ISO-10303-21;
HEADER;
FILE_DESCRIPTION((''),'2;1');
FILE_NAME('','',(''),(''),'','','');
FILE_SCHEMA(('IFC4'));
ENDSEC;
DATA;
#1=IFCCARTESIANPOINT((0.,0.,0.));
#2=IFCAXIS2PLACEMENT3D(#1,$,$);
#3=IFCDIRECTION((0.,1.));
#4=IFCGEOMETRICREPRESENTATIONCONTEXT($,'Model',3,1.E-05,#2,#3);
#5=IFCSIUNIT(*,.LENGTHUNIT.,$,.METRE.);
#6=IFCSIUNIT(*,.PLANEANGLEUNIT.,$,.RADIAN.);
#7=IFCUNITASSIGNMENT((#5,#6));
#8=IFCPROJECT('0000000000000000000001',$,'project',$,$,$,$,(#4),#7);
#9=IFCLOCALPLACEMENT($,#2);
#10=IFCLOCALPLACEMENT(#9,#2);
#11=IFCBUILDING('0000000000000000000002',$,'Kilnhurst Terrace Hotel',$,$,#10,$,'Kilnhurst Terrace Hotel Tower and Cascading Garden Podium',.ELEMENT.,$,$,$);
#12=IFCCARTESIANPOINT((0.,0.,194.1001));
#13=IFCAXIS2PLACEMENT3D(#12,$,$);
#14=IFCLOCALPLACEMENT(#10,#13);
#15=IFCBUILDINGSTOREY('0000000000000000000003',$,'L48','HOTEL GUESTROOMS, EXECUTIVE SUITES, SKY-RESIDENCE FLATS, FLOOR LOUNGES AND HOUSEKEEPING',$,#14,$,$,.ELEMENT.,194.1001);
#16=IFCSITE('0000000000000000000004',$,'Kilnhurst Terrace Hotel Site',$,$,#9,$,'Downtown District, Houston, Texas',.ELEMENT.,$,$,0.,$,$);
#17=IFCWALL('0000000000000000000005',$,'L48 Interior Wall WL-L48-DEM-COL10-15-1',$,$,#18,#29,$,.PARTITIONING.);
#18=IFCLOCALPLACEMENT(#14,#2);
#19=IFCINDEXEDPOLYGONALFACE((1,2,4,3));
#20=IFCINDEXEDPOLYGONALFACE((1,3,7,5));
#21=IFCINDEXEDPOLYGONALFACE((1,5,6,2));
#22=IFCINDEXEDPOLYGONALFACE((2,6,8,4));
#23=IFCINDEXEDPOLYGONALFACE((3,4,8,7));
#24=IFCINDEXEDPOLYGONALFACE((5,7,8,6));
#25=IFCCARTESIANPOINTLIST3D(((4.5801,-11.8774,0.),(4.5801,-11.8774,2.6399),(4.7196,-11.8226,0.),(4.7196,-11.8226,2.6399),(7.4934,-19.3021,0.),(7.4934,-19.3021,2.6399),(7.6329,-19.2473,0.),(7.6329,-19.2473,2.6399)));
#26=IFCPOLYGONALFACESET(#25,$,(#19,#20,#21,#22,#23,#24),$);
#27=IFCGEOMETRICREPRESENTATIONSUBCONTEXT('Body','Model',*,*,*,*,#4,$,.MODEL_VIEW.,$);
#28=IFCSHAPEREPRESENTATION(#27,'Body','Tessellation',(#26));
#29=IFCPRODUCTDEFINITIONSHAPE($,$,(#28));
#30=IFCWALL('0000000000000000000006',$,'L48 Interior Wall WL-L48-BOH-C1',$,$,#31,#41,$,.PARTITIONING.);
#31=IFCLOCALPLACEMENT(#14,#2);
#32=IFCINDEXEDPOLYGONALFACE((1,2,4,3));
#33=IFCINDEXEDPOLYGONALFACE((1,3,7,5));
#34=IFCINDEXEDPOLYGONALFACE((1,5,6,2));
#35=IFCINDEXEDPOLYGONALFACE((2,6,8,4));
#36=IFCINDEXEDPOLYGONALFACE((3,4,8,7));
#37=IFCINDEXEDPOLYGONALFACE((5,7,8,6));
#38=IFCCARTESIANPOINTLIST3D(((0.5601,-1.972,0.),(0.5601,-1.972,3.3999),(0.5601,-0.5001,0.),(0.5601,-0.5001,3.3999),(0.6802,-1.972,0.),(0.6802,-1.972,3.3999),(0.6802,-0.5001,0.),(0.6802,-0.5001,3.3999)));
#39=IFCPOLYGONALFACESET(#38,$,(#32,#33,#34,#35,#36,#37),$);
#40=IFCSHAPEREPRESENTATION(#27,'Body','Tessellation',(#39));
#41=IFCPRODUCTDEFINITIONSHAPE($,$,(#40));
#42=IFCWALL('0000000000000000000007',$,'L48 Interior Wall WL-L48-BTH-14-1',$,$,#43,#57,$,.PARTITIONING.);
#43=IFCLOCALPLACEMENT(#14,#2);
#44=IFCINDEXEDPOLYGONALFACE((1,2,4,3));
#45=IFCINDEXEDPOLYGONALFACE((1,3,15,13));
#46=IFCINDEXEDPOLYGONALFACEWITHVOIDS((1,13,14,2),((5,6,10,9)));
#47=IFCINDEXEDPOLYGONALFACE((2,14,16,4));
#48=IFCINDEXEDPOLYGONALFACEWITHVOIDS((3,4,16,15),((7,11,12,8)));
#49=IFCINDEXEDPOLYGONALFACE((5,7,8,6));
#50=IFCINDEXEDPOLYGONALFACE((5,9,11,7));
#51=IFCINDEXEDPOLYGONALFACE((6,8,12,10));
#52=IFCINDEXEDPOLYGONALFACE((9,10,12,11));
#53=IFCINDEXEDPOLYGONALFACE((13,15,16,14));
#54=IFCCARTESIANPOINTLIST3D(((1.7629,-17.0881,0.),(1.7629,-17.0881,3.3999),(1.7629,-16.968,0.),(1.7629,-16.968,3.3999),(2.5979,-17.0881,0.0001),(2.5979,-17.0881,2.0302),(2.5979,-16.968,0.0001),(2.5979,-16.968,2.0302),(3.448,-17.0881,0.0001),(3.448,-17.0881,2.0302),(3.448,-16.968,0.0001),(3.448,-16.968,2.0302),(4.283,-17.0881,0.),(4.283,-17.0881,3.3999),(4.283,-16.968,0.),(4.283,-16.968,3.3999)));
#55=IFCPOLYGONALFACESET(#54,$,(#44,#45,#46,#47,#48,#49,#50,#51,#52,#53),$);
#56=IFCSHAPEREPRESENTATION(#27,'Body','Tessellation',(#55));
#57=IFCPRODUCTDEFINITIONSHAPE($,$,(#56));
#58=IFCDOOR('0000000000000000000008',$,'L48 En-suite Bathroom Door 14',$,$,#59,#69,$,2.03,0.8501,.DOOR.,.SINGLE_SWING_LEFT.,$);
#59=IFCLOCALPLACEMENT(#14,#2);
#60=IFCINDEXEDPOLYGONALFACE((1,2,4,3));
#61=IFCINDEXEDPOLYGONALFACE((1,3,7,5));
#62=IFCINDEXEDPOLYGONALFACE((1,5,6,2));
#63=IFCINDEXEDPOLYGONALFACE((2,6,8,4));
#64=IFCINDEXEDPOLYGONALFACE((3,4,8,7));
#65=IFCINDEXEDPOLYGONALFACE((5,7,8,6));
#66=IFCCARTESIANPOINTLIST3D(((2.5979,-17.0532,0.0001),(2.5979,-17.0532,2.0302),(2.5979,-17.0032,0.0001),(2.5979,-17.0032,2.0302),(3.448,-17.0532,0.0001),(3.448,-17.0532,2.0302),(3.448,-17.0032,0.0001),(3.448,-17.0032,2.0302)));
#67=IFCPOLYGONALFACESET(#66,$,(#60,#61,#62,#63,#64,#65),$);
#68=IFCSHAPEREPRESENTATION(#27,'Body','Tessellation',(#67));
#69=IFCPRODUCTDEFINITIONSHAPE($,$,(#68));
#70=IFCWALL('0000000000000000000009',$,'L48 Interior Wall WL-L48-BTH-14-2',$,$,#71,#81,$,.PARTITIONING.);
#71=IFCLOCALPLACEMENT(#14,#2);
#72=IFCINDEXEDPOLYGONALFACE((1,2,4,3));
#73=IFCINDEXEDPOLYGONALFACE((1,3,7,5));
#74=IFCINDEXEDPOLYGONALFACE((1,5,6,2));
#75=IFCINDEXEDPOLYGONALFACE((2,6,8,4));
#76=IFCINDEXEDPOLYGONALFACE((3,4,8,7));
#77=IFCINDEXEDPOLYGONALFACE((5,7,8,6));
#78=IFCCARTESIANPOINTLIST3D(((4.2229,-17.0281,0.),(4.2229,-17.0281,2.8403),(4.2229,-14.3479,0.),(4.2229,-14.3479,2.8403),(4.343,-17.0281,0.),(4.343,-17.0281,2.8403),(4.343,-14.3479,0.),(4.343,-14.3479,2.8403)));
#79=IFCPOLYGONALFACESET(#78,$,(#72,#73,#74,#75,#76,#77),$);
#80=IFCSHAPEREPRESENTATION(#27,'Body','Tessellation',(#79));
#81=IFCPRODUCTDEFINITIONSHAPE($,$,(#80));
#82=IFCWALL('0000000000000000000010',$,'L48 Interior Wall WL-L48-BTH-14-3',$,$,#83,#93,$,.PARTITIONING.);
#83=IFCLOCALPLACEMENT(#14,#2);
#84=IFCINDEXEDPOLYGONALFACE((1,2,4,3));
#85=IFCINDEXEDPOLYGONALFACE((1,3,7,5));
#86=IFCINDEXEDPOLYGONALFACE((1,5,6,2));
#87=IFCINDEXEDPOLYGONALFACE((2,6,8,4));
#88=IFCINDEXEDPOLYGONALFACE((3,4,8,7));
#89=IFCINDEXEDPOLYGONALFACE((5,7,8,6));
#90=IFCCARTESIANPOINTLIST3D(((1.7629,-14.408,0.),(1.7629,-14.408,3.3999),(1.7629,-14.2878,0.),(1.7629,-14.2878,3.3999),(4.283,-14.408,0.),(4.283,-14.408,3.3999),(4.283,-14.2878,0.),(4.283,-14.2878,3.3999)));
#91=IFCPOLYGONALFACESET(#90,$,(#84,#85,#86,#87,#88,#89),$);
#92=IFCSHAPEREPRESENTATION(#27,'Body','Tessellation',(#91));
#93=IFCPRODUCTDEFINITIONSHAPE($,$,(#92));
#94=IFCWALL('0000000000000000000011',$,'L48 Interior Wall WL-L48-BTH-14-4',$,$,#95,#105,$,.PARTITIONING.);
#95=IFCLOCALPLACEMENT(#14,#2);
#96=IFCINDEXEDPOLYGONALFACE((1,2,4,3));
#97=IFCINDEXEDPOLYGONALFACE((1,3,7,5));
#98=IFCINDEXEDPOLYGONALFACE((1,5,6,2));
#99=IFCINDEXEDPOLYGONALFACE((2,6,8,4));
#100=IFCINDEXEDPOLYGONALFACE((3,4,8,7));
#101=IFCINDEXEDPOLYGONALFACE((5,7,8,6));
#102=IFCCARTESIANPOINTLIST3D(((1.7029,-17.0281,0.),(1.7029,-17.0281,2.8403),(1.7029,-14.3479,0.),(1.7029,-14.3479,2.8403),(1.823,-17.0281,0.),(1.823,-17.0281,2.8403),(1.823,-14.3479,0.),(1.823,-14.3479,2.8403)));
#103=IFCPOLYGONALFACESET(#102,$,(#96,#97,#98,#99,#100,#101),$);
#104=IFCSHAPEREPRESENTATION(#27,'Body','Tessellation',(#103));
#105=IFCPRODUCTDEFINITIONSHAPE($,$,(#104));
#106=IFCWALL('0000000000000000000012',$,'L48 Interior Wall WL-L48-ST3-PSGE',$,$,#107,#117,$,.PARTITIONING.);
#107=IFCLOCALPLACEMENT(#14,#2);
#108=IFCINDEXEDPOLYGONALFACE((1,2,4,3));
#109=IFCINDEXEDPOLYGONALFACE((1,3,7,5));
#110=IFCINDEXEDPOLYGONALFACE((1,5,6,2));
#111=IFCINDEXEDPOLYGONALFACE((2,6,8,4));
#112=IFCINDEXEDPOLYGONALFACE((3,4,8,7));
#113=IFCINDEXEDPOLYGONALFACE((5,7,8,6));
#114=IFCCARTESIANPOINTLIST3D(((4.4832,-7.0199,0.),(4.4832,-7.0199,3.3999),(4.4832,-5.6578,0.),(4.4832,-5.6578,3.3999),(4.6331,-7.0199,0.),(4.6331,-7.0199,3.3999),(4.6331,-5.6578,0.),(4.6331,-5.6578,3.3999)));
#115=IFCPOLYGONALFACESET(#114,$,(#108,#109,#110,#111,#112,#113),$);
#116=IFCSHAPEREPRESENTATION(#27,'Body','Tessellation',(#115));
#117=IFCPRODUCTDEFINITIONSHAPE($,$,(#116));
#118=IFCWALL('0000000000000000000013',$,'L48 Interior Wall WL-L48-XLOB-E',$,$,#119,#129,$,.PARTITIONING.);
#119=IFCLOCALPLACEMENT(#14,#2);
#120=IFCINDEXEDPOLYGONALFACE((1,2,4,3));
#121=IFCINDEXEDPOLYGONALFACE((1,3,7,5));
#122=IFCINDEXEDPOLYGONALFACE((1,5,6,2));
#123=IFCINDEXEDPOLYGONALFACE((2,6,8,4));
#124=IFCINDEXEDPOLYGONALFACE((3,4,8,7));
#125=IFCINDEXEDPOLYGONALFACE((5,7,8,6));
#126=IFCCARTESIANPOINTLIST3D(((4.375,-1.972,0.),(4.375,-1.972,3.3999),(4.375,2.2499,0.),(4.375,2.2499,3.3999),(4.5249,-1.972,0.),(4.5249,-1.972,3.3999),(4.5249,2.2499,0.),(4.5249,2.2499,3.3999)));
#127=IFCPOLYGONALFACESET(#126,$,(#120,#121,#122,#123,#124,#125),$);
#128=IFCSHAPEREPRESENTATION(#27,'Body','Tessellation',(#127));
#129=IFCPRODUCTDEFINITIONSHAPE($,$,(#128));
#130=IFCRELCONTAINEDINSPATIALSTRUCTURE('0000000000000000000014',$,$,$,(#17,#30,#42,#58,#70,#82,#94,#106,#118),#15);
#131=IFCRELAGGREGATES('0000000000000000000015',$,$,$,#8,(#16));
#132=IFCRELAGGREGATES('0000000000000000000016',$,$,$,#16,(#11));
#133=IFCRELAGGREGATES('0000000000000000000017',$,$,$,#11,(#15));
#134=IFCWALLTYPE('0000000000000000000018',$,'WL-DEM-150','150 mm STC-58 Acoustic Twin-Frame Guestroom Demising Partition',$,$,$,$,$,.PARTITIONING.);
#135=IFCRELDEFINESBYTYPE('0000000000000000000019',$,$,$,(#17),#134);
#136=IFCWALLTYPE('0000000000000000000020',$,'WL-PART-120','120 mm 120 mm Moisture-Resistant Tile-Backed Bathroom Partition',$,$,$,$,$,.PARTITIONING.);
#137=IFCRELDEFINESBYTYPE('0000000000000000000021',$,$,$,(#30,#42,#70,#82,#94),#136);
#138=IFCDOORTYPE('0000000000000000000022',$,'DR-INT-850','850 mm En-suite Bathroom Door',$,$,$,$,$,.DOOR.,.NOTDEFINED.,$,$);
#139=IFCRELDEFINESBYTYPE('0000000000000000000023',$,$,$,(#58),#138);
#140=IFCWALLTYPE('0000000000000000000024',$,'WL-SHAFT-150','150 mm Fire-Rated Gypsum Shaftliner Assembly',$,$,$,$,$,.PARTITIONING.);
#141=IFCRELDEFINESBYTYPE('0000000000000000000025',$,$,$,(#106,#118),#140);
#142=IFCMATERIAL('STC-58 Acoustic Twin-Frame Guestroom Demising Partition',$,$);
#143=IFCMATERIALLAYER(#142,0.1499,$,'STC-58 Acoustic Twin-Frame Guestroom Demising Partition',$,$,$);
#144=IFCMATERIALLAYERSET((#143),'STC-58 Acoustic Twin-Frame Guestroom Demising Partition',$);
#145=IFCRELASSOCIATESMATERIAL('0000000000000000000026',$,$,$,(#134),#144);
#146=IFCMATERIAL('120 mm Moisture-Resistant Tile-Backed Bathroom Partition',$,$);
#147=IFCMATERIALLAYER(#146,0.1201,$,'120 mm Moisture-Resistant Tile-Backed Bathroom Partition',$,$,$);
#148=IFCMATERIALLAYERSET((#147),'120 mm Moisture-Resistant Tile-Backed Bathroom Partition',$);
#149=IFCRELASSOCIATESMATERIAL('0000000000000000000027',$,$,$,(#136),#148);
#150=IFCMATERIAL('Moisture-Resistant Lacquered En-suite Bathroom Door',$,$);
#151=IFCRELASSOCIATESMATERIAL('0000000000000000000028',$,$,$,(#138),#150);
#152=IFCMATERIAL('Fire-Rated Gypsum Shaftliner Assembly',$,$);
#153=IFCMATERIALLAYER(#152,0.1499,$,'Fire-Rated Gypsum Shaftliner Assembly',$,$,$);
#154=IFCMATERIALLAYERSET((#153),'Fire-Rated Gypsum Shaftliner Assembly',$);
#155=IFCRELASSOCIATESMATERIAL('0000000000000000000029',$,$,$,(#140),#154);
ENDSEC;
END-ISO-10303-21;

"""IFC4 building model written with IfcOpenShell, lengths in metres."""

from ifc_helpers import new_model, si_unit, direction, frame, frame_2d, origin, place, context, subcontext, project, spatial, rectangle, extrude, material, layer, layer_set, type_object, element, fill, save


model = new_model("IFC4")

# Units and contexts
model_context = context("Model", 3, precision=1e-05, world=origin(), true_north=direction((0.0, 1.0)))
body_context = subcontext(model_context, "Body", "Model", "MODEL_VIEW")
ifc_project = project(units=[si_unit("LENGTHUNIT", "METRE"), si_unit("PLANEANGLEUNIT", "RADIAN")], contexts=[model_context])

# Site, building, storey
site_placement = place(None, origin())
site = spatial("IfcSite", under=ifc_project, at=site_placement, Name="Kilnhurst Terrace Hotel Site", LongName="Downtown District, Houston, Texas", CompositionType="ELEMENT", RefElevation=0.0)
building_placement = place(site_placement, origin())
building = spatial("IfcBuilding", under=site, at=building_placement, Name="Kilnhurst Terrace Hotel", LongName="Kilnhurst Terrace Hotel Tower and Cascading Garden Podium", CompositionType="ELEMENT")
storey_placement = place(building_placement, frame((0.0, 0.0, 194.1001)))
storey = spatial("IfcBuildingStorey", under=building, at=storey_placement, Name="L48", Description="HOTEL GUESTROOMS, EXECUTIVE SUITES, SKY-RESIDENCE FLATS, FLOOR LOUNGES AND HOUSEKEEPING", CompositionType="ELEMENT", Elevation=194.1001)

# Walls
ifc_material_1 = material(Name="STC-58 Acoustic Twin-Frame Guestroom Demising Partition")
ifc_layer_1 = layer(ifc_material_1, 0.1499, Name="STC-58 Acoustic Twin-Frame Guestroom Demising Partition")
ifc_layer_set_1 = layer_set([ifc_layer_1], Name="STC-58 Acoustic Twin-Frame Guestroom Demising Partition")
wall_type_1 = type_object("IfcWallType", Name="WL-DEM-150", Description="150 mm STC-58 Acoustic Twin-Frame Guestroom Demising Partition", PredefinedType="PARTITIONING", material=ifc_layer_set_1)
wall_1_placement = place(storey_placement, frame((4.6499, -11.8501, 0.0), z_axis=(0.0, 0.0, 1.0), x_axis=(0.365266, -0.930903, 0.0)))
element("IfcWall", 1, at=wall_1_placement, inside=storey, type_object=wall_type_1, Name="L48 Interior Wall WL-L48-DEM-COL10-15-1", PredefinedType="PARTITIONING", context=body_context, shape_type="SweptSolid", body=[
    extrude(rectangle(XDim=7.9758, YDim=0.1499, at=frame_2d((3.9878, 0.0))), origin(), (0.0, 0.0, 1.0), 2.6399),
])
ifc_material_2 = material(Name="120 mm Moisture-Resistant Tile-Backed Bathroom Partition")
ifc_layer_2 = layer(ifc_material_2, 0.1201, Name="120 mm Moisture-Resistant Tile-Backed Bathroom Partition")
ifc_layer_set_2 = layer_set([ifc_layer_2], Name="120 mm Moisture-Resistant Tile-Backed Bathroom Partition")
wall_type_2 = type_object("IfcWallType", Name="WL-PART-120", Description="120 mm 120 mm Moisture-Resistant Tile-Backed Bathroom Partition", PredefinedType="PARTITIONING", material=ifc_layer_set_2)
wall_2_placement = place(storey_placement, frame((0.6201, -1.9719, 0.0), z_axis=(0.0, 0.0, 1.0), x_axis=(0.0, 1.0, 0.0)))
element("IfcWall", 2, at=wall_2_placement, inside=storey, type_object=wall_type_2, Name="L48 Interior Wall WL-L48-BOH-C1", PredefinedType="PARTITIONING", context=body_context, shape_type="SweptSolid", body=[
    extrude(rectangle(XDim=1.4719, YDim=0.1201, at=frame_2d((0.7358, 0.0))), origin(), (0.0, 0.0, 1.0), 3.3999),
])

# Wall, opening, door
wall_3_placement = place(storey_placement, frame((1.7629, -17.0281, 0.0), z_axis=(0.0, 0.0, 1.0), x_axis=(1.0, 0.0, 0.0)))
wall_3 = element("IfcWall", 3, at=wall_3_placement, inside=storey, type_object=wall_type_2, Name="L48 Interior Wall WL-L48-BTH-14-1", PredefinedType="PARTITIONING", context=body_context, shape_type="SweptSolid", body=[
    extrude(rectangle(XDim=2.52, YDim=0.1201, at=frame_2d((1.26, 0.0))), origin(), (0.0, 0.0, 1.0), 3.3999),
])
opening_1_placement = place(wall_3_placement, frame((0.835, 0.0, 0.0)))
opening_1 = element("IfcOpeningElement", 4, at=opening_1_placement, cuts=wall_3, PredefinedType="OPENING", context=body_context, shape_type="SweptSolid", body=[
    extrude(rectangle(XDim=0.8501, YDim=2.03, at=frame_2d((0.425, 1.0151))), frame((0.0, 0.0701, 0.0), z_axis=(0.0, -1.0, 0.0), x_axis=(1.0, 0.0, 0.0)), (0.0, 0.0, 1.0), 0.1401),
])
ifc_material_3 = material(Name="Moisture-Resistant Lacquered En-suite Bathroom Door")
door_type_1 = type_object("IfcDoorType", Name="DR-INT-850", Description="850 mm En-suite Bathroom Door", OperationType="NOTDEFINED", PredefinedType="DOOR", material=ifc_material_3)
door_1_placement = place(opening_1_placement, origin())
door_1 = element("IfcDoor", 5, at=door_1_placement, inside=storey, type_object=door_type_1, Name="L48 En-suite Bathroom Door 14", OperationType="SINGLE_SWING_LEFT", OverallHeight=2.03, OverallWidth=0.8501, PredefinedType="DOOR", context=body_context, shape_type="SweptSolid", body=[
    extrude(rectangle(XDim=0.8501, YDim=2.03, at=frame_2d((0.425, 1.0151))), frame((0.0, 0.0249, 0.0), z_axis=(0.0, -1.0, 0.0), x_axis=(1.0, 0.0, 0.0)), (0.0, 0.0, 1.0), 0.05),
])
fill(opening_1, door_1)

# Walls
wall_4_placement = place(storey_placement, frame((4.283, -17.0281, 0.0), z_axis=(0.0, 0.0, 1.0), x_axis=(0.0, 1.0, 0.0)))
element("IfcWall", 6, at=wall_4_placement, inside=storey, type_object=wall_type_2, Name="L48 Interior Wall WL-L48-BTH-14-2", PredefinedType="PARTITIONING", context=body_context, shape_type="SweptSolid", body=[
    extrude(rectangle(XDim=2.6802, YDim=0.1201, at=frame_2d((1.3401, 0.0))), origin(), (0.0, 0.0, 1.0), 2.8403),
])
wall_5_placement = place(storey_placement, frame((4.283, -14.3479, 0.0), z_axis=(0.0, 0.0, 1.0), x_axis=(-1.0, 0.0, 0.0)))
element("IfcWall", 7, at=wall_5_placement, inside=storey, type_object=wall_type_2, Name="L48 Interior Wall WL-L48-BTH-14-3", PredefinedType="PARTITIONING", context=body_context, shape_type="SweptSolid", body=[
    extrude(rectangle(XDim=2.52, YDim=0.1201, at=frame_2d((1.26, 0.0))), origin(), (0.0, 0.0, 1.0), 3.3999),
])
wall_6_placement = place(storey_placement, frame((1.7629, -14.3479, 0.0), z_axis=(0.0, 0.0, 1.0), x_axis=(0.0, -1.0, 0.0)))
element("IfcWall", 8, at=wall_6_placement, inside=storey, type_object=wall_type_2, Name="L48 Interior Wall WL-L48-BTH-14-4", PredefinedType="PARTITIONING", context=body_context, shape_type="SweptSolid", body=[
    extrude(rectangle(XDim=2.6802, YDim=0.1201, at=frame_2d((1.3401, 0.0))), origin(), (0.0, 0.0, 1.0), 2.8403),
])
ifc_material_4 = material(Name="Fire-Rated Gypsum Shaftliner Assembly")
ifc_layer_3 = layer(ifc_material_4, 0.1499, Name="Fire-Rated Gypsum Shaftliner Assembly")
ifc_layer_set_3 = layer_set([ifc_layer_3], Name="Fire-Rated Gypsum Shaftliner Assembly")
wall_type_3 = type_object("IfcWallType", Name="WL-SHAFT-150", Description="150 mm Fire-Rated Gypsum Shaftliner Assembly", PredefinedType="PARTITIONING", material=ifc_layer_set_3)
wall_7_placement = place(storey_placement, frame((4.5581, -7.02, 0.0), z_axis=(0.0, 0.0, 1.0), x_axis=(0.0, 1.0, 0.0)))
element("IfcWall", 9, at=wall_7_placement, inside=storey, type_object=wall_type_3, Name="L48 Interior Wall WL-L48-ST3-PSGE", PredefinedType="PARTITIONING", context=body_context, shape_type="SweptSolid", body=[
    extrude(rectangle(XDim=1.3621, YDim=0.1499, at=frame_2d((0.6812, 0.0))), origin(), (0.0, 0.0, 1.0), 3.3999),
])
wall_8_placement = place(storey_placement, frame((4.45, -1.9719, 0.0), z_axis=(0.0, 0.0, 1.0), x_axis=(0.0, 1.0, 0.0)))
element("IfcWall", 10, at=wall_8_placement, inside=storey, type_object=wall_type_3, Name="L48 Interior Wall WL-L48-XLOB-E", PredefinedType="PARTITIONING", context=body_context, shape_type="SweptSolid", body=[
    extrude(rectangle(XDim=4.2219, YDim=0.1499, at=frame_2d((2.1108, 0.0))), origin(), (0.0, 0.0, 1.0), 3.3999),
])

save(model, "model.ifc")
